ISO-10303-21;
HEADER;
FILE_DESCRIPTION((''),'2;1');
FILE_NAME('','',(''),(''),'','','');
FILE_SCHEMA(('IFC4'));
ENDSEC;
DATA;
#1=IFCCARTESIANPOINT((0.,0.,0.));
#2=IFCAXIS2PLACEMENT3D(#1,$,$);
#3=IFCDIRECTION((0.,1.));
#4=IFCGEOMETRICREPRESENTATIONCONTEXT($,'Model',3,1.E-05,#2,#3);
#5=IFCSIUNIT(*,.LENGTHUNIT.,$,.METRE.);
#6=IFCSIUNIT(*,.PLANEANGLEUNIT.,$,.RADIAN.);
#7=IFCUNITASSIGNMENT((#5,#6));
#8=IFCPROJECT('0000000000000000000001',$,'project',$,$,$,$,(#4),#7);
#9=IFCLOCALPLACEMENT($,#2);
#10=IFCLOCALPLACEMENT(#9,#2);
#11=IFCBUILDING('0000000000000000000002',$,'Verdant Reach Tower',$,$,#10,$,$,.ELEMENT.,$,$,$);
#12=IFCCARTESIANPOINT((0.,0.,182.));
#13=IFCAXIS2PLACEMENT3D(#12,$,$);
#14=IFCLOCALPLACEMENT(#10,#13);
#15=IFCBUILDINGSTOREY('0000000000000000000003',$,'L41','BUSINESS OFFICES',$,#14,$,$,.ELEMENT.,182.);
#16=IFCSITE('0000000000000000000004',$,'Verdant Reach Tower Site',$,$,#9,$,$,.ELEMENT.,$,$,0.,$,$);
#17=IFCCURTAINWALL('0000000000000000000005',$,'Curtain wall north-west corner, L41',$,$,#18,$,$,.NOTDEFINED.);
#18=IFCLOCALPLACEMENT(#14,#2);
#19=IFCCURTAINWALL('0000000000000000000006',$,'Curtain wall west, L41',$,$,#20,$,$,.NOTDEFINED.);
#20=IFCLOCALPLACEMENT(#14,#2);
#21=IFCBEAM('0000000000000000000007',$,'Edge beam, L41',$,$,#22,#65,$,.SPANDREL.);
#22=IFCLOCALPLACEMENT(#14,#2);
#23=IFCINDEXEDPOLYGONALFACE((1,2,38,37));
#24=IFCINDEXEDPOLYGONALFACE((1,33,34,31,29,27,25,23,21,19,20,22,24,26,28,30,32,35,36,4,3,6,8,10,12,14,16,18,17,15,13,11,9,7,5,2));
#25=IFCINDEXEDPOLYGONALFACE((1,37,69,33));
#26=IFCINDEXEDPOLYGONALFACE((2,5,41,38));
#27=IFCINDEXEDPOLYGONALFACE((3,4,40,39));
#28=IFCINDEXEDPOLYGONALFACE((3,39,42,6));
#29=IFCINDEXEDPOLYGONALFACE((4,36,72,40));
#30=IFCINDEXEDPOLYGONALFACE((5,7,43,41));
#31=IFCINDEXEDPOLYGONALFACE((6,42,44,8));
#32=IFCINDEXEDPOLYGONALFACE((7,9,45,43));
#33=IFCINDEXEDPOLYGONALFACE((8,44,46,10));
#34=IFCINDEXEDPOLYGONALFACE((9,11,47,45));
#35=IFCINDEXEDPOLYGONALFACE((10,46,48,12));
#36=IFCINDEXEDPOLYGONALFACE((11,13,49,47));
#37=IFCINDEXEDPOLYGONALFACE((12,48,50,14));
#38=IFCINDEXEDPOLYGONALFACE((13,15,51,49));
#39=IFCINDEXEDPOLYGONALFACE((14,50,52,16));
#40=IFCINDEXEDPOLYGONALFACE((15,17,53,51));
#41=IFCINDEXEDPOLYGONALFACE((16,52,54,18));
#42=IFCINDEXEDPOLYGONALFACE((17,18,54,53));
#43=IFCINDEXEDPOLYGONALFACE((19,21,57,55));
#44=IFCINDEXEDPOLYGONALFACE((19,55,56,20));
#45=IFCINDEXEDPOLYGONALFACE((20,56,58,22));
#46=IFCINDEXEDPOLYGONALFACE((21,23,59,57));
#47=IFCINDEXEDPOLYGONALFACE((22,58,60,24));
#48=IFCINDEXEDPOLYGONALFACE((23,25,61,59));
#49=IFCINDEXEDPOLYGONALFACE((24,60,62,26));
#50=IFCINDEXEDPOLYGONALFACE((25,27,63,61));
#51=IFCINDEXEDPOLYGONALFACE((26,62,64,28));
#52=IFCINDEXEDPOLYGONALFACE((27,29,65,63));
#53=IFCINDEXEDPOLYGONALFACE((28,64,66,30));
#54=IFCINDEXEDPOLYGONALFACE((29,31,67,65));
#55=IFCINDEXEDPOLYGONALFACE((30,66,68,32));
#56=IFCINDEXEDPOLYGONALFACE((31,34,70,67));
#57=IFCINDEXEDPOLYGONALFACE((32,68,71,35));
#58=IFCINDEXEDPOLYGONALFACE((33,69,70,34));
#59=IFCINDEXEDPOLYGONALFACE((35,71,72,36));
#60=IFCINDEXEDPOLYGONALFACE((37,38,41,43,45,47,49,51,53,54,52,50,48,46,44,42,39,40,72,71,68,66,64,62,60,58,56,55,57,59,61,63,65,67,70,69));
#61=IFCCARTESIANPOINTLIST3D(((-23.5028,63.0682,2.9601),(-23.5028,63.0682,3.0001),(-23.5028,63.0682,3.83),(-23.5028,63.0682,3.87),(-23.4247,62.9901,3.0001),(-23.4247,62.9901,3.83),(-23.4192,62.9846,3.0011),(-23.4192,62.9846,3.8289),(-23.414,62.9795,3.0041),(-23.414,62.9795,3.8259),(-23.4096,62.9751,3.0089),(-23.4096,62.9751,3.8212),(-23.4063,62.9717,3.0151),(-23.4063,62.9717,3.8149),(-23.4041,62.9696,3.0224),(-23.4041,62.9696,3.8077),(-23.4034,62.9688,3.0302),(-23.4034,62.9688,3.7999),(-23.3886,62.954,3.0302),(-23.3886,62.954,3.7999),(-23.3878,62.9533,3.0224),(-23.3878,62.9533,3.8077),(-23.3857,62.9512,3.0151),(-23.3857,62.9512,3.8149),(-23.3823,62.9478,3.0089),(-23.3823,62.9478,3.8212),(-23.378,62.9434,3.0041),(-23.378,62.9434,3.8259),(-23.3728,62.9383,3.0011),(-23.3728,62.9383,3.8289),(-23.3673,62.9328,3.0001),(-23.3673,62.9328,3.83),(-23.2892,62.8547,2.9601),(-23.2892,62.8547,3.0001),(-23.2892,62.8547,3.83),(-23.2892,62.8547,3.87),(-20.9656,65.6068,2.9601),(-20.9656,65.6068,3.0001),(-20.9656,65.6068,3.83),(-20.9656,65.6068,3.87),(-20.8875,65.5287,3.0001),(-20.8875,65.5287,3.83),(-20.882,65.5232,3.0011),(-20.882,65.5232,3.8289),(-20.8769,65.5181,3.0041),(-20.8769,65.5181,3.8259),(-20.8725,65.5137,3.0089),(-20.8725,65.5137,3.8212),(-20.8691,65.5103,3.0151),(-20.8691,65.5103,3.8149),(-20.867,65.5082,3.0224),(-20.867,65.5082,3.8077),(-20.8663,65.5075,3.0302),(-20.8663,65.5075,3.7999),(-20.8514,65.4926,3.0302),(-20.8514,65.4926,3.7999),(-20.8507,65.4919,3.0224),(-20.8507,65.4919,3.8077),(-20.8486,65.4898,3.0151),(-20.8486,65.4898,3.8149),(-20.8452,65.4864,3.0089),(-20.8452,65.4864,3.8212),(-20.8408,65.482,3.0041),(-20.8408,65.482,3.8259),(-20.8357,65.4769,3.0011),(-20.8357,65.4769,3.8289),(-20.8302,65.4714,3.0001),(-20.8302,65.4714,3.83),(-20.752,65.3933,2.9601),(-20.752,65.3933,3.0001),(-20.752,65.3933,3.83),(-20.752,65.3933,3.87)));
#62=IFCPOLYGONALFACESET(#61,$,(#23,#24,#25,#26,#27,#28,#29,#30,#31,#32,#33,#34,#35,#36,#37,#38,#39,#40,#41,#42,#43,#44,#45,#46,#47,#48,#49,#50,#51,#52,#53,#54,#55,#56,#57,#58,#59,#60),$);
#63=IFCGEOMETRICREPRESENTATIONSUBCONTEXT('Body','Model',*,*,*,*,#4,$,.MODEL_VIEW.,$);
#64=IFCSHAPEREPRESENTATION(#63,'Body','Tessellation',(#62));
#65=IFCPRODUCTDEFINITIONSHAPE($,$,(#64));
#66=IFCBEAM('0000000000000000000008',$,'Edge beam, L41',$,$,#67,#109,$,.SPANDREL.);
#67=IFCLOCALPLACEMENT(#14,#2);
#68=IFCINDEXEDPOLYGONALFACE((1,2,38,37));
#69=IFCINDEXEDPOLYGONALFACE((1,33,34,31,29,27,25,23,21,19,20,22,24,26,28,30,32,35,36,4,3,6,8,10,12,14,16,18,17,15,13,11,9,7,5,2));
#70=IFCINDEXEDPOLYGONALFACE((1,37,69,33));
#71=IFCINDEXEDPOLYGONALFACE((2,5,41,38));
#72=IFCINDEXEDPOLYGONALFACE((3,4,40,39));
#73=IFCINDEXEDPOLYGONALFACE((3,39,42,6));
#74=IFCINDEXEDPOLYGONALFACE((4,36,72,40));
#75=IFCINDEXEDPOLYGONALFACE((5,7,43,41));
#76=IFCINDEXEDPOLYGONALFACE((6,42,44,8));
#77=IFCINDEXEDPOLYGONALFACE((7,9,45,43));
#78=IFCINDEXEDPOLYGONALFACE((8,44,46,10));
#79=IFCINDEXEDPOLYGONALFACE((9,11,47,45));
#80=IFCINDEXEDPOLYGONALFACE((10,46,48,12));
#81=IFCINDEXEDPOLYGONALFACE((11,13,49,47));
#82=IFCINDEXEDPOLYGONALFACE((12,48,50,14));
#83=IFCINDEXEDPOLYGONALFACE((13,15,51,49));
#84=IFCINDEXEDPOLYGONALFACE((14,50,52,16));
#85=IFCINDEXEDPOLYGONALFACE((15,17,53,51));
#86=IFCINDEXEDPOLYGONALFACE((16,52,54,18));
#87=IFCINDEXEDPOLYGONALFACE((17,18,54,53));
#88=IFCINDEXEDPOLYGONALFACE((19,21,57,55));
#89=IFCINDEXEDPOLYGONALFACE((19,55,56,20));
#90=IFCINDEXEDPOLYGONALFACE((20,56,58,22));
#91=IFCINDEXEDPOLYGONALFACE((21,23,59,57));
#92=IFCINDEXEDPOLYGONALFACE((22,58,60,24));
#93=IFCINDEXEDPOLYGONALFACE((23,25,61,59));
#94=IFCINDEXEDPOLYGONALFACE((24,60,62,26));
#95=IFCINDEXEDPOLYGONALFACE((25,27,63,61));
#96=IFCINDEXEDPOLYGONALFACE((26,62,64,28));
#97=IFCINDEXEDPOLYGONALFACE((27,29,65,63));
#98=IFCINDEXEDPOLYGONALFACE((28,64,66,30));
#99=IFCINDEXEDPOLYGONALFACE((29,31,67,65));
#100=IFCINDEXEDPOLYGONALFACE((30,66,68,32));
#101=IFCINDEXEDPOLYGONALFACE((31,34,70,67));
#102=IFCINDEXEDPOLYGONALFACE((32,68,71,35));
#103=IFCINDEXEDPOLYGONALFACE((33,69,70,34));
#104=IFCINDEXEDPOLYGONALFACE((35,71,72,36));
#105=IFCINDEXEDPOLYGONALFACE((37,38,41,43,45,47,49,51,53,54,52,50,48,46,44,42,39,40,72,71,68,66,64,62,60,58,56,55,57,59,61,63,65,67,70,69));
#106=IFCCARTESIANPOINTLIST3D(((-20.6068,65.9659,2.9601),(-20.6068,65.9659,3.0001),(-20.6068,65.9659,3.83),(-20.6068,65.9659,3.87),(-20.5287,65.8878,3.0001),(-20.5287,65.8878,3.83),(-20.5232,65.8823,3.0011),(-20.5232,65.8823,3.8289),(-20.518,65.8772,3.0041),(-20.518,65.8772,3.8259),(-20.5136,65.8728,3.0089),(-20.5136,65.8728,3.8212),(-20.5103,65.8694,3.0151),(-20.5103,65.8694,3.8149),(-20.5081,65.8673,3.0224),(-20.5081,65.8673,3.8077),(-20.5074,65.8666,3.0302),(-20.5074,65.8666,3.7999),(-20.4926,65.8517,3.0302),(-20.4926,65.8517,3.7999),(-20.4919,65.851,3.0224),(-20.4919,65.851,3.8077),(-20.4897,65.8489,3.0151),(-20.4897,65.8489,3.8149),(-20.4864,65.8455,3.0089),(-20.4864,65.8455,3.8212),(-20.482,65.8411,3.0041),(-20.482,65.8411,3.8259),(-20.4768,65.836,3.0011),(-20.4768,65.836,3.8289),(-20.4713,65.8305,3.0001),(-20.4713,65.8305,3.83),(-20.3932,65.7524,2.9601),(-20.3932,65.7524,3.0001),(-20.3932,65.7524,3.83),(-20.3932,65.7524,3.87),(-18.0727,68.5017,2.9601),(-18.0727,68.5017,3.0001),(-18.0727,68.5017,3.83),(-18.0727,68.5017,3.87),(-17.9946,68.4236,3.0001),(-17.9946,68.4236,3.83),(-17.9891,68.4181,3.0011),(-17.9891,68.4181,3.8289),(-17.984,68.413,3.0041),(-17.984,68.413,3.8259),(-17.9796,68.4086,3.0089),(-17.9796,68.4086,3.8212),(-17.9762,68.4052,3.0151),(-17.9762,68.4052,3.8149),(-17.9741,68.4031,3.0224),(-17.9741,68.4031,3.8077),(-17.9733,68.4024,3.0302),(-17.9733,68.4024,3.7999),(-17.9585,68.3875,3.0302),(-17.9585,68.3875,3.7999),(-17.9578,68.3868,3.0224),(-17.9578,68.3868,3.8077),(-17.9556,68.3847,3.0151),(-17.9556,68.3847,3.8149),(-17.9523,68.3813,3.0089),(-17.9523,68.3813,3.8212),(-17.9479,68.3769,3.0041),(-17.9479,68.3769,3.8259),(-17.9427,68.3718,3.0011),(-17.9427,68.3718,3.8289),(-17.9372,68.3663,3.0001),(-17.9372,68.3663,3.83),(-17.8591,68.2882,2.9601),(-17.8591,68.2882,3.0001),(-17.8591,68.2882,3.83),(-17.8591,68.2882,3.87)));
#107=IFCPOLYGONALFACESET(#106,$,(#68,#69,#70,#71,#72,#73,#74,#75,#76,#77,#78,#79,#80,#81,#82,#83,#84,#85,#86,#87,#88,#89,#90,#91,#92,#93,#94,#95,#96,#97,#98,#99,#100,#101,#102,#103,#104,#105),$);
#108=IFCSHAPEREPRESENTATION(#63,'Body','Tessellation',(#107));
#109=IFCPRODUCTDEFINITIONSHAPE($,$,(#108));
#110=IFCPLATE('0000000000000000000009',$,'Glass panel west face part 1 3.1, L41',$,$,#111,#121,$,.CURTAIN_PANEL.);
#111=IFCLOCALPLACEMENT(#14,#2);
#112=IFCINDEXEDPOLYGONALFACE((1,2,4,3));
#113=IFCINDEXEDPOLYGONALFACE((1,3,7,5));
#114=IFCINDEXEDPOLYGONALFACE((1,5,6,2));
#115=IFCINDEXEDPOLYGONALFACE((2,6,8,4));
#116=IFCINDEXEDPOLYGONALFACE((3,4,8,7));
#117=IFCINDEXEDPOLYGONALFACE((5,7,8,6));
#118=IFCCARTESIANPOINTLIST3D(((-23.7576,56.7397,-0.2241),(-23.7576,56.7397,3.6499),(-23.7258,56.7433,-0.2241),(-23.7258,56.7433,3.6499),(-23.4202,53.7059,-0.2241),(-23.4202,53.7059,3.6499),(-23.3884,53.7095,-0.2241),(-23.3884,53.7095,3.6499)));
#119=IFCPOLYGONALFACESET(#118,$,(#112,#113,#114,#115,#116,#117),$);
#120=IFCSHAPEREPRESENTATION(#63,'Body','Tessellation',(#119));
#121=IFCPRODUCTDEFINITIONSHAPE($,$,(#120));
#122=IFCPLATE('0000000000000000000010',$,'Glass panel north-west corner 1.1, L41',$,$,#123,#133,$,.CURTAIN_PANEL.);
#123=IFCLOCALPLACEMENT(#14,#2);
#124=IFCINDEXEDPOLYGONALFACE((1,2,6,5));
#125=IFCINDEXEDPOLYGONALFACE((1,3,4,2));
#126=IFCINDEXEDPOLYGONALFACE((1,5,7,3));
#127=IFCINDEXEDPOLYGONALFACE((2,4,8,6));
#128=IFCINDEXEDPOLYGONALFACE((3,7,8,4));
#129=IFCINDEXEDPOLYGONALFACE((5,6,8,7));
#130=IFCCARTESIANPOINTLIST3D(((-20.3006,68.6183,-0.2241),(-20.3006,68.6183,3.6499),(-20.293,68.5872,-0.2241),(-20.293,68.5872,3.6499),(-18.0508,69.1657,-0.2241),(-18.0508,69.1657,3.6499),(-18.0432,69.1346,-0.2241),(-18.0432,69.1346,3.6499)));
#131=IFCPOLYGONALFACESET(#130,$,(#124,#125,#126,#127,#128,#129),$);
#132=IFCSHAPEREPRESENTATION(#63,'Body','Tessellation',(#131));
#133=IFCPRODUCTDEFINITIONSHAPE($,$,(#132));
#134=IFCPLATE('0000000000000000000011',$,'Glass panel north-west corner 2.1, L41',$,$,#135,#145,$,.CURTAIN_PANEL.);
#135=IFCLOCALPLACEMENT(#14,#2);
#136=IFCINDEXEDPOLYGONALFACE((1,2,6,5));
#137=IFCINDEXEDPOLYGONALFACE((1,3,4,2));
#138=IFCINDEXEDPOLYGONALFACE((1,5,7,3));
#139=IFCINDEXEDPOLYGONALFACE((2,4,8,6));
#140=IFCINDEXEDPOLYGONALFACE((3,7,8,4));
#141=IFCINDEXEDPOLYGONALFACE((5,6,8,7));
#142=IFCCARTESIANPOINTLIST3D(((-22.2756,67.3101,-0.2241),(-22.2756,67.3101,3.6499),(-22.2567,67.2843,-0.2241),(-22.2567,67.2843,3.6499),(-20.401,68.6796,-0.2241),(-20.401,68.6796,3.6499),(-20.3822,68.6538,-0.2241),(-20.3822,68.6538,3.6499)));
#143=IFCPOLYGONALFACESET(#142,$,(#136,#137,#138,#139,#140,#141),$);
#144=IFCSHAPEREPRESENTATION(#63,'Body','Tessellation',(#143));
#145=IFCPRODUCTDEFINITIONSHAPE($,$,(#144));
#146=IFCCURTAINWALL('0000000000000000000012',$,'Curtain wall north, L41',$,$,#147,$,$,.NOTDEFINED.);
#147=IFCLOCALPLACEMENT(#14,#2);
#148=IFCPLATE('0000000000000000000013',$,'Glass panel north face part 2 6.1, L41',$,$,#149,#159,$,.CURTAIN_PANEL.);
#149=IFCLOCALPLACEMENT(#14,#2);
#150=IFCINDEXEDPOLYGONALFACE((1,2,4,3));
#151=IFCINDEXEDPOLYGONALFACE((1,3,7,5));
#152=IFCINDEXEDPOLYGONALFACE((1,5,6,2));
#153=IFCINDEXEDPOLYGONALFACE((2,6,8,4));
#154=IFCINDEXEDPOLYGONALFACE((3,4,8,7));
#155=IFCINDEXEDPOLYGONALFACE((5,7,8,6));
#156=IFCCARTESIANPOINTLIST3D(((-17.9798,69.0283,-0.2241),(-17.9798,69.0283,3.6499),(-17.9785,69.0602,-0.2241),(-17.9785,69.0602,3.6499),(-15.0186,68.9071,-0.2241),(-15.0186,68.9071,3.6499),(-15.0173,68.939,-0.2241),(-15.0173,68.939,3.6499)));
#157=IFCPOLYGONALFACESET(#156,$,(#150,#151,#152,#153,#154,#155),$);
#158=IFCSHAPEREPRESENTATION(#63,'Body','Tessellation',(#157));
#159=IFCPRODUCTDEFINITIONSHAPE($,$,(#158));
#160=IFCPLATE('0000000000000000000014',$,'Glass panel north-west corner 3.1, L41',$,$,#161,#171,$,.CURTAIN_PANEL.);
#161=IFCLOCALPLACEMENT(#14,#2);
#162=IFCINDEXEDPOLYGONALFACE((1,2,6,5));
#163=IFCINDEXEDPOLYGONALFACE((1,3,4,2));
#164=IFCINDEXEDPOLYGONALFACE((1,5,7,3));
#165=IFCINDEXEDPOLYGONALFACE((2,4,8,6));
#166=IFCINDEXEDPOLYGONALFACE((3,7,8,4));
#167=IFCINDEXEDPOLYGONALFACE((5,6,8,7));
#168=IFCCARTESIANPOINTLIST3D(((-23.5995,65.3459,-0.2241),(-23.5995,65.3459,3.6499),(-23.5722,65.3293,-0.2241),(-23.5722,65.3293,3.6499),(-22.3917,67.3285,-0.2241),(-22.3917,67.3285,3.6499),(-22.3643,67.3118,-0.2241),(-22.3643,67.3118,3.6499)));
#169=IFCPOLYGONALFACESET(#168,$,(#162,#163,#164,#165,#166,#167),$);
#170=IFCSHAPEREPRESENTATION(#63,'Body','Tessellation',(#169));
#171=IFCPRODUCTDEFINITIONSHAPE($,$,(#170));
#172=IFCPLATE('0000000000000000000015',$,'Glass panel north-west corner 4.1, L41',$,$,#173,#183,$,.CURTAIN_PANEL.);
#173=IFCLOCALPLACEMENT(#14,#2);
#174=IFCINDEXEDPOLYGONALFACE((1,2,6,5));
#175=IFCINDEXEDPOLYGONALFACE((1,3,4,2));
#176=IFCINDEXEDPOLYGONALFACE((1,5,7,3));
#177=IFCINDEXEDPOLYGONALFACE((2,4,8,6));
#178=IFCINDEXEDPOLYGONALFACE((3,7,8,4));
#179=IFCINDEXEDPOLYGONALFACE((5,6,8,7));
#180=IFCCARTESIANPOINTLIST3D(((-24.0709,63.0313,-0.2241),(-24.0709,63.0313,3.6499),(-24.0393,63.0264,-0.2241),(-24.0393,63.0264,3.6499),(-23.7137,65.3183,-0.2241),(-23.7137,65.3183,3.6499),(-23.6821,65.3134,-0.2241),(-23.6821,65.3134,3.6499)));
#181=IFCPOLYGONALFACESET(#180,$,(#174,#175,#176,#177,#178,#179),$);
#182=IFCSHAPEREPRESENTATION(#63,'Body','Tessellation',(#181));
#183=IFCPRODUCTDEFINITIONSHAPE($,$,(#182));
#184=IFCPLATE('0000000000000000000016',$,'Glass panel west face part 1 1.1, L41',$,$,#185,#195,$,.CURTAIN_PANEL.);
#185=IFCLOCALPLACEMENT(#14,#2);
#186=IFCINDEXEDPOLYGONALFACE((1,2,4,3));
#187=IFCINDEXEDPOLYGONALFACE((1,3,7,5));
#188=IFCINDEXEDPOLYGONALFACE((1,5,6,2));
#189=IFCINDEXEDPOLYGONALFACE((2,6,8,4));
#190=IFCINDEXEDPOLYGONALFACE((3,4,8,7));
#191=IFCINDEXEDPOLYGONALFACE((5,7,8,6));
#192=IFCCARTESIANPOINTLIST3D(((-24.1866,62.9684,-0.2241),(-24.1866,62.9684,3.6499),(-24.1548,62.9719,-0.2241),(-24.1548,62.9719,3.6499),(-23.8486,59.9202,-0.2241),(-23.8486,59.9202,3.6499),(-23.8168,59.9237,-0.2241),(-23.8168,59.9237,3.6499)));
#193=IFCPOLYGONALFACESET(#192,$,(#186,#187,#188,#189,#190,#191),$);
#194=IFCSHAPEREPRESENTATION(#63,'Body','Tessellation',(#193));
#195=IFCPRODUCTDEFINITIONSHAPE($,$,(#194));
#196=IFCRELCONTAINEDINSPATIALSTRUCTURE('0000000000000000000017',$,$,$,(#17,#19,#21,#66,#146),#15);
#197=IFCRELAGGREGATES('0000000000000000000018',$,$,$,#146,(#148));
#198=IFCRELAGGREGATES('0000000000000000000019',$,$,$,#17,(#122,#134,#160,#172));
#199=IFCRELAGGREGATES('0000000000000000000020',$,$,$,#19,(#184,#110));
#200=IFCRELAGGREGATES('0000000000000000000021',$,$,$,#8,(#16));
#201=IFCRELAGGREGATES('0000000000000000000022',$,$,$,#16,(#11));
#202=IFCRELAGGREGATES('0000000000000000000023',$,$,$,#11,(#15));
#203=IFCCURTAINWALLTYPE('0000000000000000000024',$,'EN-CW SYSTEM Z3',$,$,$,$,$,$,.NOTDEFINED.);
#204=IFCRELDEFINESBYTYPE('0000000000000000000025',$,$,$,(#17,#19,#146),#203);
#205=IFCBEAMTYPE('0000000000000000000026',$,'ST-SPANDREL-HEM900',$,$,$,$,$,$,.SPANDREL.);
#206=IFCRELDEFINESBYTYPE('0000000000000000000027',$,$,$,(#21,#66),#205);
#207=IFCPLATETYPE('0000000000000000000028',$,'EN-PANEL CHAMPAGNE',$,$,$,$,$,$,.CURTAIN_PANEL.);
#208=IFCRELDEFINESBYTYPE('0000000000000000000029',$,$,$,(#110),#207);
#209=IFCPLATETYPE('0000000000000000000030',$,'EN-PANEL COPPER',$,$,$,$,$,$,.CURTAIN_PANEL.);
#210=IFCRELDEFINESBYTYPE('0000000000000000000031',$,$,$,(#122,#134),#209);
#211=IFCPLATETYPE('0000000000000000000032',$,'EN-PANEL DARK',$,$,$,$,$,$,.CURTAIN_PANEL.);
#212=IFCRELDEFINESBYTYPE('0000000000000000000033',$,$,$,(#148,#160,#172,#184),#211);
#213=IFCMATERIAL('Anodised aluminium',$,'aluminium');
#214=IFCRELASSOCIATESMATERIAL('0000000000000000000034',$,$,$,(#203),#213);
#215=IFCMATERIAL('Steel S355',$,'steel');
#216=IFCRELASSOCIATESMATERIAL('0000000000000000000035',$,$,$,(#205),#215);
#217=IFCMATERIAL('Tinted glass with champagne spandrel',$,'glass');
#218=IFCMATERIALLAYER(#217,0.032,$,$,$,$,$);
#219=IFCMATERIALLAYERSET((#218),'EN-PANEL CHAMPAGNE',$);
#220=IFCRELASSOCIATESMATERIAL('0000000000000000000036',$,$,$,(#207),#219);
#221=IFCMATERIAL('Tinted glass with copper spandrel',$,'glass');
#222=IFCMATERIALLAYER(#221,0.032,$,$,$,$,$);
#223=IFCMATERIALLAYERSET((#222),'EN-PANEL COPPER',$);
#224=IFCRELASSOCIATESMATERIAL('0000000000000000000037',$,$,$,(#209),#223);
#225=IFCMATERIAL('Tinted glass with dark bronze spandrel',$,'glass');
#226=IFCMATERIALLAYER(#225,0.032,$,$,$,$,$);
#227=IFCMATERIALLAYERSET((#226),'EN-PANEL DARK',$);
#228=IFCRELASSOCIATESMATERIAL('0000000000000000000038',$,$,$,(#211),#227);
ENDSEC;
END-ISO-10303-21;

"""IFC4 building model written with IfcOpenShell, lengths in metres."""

from ifc_helpers import new_model, si_unit, direction, frame, origin, origin_2d, place, context, subcontext, project, spatial, rectangle, i_section, extrude, material, layer, layer_set, material_profile, profile_set, type_object, element, aggregate, save


model = new_model("IFC4")

# Units and contexts
model_context = context("Model", 3, precision=1e-05, world=origin(), true_north=direction((0.0, 1.0)))
body_context = subcontext(model_context, "Body", "Model", "MODEL_VIEW")
ifc_project = project(units=[si_unit("LENGTHUNIT", "METRE"), si_unit("PLANEANGLEUNIT", "RADIAN")], contexts=[model_context])

# Site, building, storey
site_placement = place(None, origin())
site = spatial("IfcSite", under=ifc_project, at=site_placement, Name="Verdant Reach Tower Site", CompositionType="ELEMENT", RefElevation=0.0)
building_placement = place(site_placement, origin())
building = spatial("IfcBuilding", under=site, at=building_placement, Name="Verdant Reach Tower", CompositionType="ELEMENT")
storey_placement = place(building_placement, frame((0.0, 0.0, 182.0)))
storey = spatial("IfcBuildingStorey", under=building, at=storey_placement, Name="L41", Description="BUSINESS OFFICES", CompositionType="ELEMENT", Elevation=182.0)

# Curtain walls
ifc_material_1 = material(Name="Anodised aluminium", Category="aluminium")
curtain_wall_type = type_object("IfcCurtainWallType", Name="EN-CW SYSTEM Z3", PredefinedType="NOTDEFINED", material=ifc_material_1)
curtain_wall_1_placement = place(storey_placement, origin())
curtain_wall_1 = element("IfcCurtainWall", 1, at=curtain_wall_1_placement, inside=storey, type_object=curtain_wall_type, Name="Curtain wall north-west corner, L41", PredefinedType="NOTDEFINED")
curtain_wall_2_placement = place(storey_placement, origin())
curtain_wall_2 = element("IfcCurtainWall", 2, at=curtain_wall_2_placement, inside=storey, type_object=curtain_wall_type, Name="Curtain wall west, L41", PredefinedType="NOTDEFINED")

# Beams
ifc_material_2 = material(Name="Steel S355", Category="steel")
ifc_material_profile_1 = material_profile(ifc_material_2, i_section(OverallWidth=0.302, OverallDepth=0.9099, WebThickness=0.021, FlangeThickness=0.04, FilletRadius=0.03, at=origin_2d()), Name="HEM 900")
ifc_profile_set_1 = profile_set([ifc_material_profile_1], Name="Steel S355")
beam_type_1 = type_object("IfcBeamType", Name="ST-SPANDREL-HEM900", PredefinedType="SPANDREL", material=ifc_profile_set_1)
beam_1_placement = place(storey_placement, frame((-23.396, 62.9614, 3.415), z_axis=(0.706903, 0.707311, 0.0), x_axis=(-0.707311, 0.706903, 0.0)))
element("IfcBeam", 3, at=beam_1_placement, inside=storey, type_object=beam_type_1, Name="Edge beam, L41", PredefinedType="SPANDREL", context=body_context, shape_type="SweptSolid", body=[
    extrude(i_section(OverallWidth=0.302, OverallDepth=0.9099, WebThickness=0.021, FlangeThickness=0.04, FilletRadius=0.03, at=origin_2d()), origin(), (0.0, 0.0, 1.0), 3.5891),
])
beam_2_placement = place(storey_placement, frame((-20.5, 65.8591, 3.415), z_axis=(0.706868, 0.707345, 0.0), x_axis=(-0.707345, 0.706868, 0.0)))
element("IfcBeam", 4, at=beam_2_placement, inside=storey, type_object=beam_type_1, Name="Edge beam, L41", PredefinedType="SPANDREL", context=body_context, shape_type="SweptSolid", body=[
    extrude(i_section(OverallWidth=0.302, OverallDepth=0.9099, WebThickness=0.021, FlangeThickness=0.04, FilletRadius=0.03, at=origin_2d()), origin(), (0.0, 0.0, 1.0), 3.585),
])

# Plates
ifc_material_3 = material(Name="Tinted glass with champagne spandrel", Category="glass")
ifc_layer_1 = layer(ifc_material_3, 0.032)
ifc_layer_set_1 = layer_set([ifc_layer_1], Name="EN-PANEL CHAMPAGNE")
plate_type_1 = type_object("IfcPlateType", Name="EN-PANEL CHAMPAGNE", PredefinedType="CURTAIN_PANEL", material=ifc_layer_set_1)
plate_1_placement = place(storey_placement, frame((-23.573, 55.2246, -0.2241), z_axis=(0.0, 0.0, 1.0), x_axis=(0.110518, -0.993874, 0.0)))
plate_1 = element("IfcPlate", 5, at=plate_1_placement, type_object=plate_type_1, Name="Glass panel west face part 1 3.1, L41", PredefinedType="CURTAIN_PANEL", context=body_context, shape_type="SweptSolid", body=[
    extrude(rectangle(XDim=3.0525, YDim=0.032, at=origin_2d()), origin(), (0.0, 0.0, 1.0), 3.874),
])
ifc_material_4 = material(Name="Tinted glass with copper spandrel", Category="glass")
ifc_layer_2 = layer(ifc_material_4, 0.032)
ifc_layer_set_2 = layer_set([ifc_layer_2], Name="EN-PANEL COPPER")
plate_type_2 = type_object("IfcPlateType", Name="EN-PANEL COPPER", PredefinedType="CURTAIN_PANEL", material=ifc_layer_set_2)
plate_2_placement = place(storey_placement, frame((-19.1719, 68.8765, -0.2241), z_axis=(0.0, 0.0, 1.0), x_axis=(-0.971655, -0.236403, 0.0)))
plate_2 = element("IfcPlate", 6, at=plate_2_placement, type_object=plate_type_2, Name="Glass panel north-west corner 1.1, L41", PredefinedType="CURTAIN_PANEL", context=body_context, shape_type="SweptSolid", body=[
    extrude(rectangle(XDim=2.3154, YDim=0.032, at=origin_2d()), origin(), (0.0, 0.0, 1.0), 3.874),
])
plate_3_placement = place(storey_placement, frame((-21.3289, 67.9819, -0.2241), z_axis=(0.0, 0.0, 1.0), x_axis=(-0.807457, -0.589927, 0.0)))
plate_3 = element("IfcPlate", 7, at=plate_3_placement, type_object=plate_type_2, Name="Glass panel north-west corner 2.1, L41", PredefinedType="CURTAIN_PANEL", context=body_context, shape_type="SweptSolid", body=[
    extrude(rectangle(XDim=2.3215, YDim=0.032, at=origin_2d()), origin(), (0.0, 0.0, 1.0), 3.874),
])

# Curtain wall, plate
curtain_wall_3_placement = place(storey_placement, origin())
curtain_wall_3 = element("IfcCurtainWall", 8, at=curtain_wall_3_placement, inside=storey, type_object=curtain_wall_type, Name="Curtain wall north, L41", PredefinedType="NOTDEFINED")
ifc_material_5 = material(Name="Tinted glass with dark bronze spandrel", Category="glass")
ifc_layer_3 = layer(ifc_material_5, 0.032)
ifc_layer_set_3 = layer_set([ifc_layer_3], Name="EN-PANEL DARK")
plate_type_3 = type_object("IfcPlateType", Name="EN-PANEL DARK", PredefinedType="CURTAIN_PANEL", material=ifc_layer_set_3)
plate_4_placement = place(storey_placement, frame((-16.4985, 68.9836, -0.2241), z_axis=(0.0, 0.0, 1.0), x_axis=(-0.999164, 0.040891, 0.0)))
plate_4 = element("IfcPlate", 9, at=plate_4_placement, type_object=plate_type_3, Name="Glass panel north face part 2 6.1, L41", PredefinedType="CURTAIN_PANEL", context=body_context, shape_type="SweptSolid", body=[
    extrude(rectangle(XDim=2.9636, YDim=0.032, at=origin_2d()), origin(), (0.0, 0.0, 1.0), 3.874),
])
aggregate(curtain_wall_3, [plate_4])

# Plates
plate_5_placement = place(storey_placement, frame((-22.9819, 66.3289, -0.2241), z_axis=(0.0, 0.0, 1.0), x_axis=(-0.520292, -0.853989, 0.0)))
plate_5 = element("IfcPlate", 10, at=plate_5_placement, type_object=plate_type_3, Name="Glass panel north-west corner 3.1, L41", PredefinedType="CURTAIN_PANEL", context=body_context, shape_type="SweptSolid", body=[
    extrude(rectangle(XDim=2.3215, YDim=0.032, at=origin_2d()), origin(), (0.0, 0.0, 1.0), 3.874),
])
plate_6_placement = place(storey_placement, frame((-23.8765, 64.1724, -0.2241), z_axis=(0.0, 0.0, 1.0), x_axis=(-0.154312, -0.988022, 0.0)))
plate_6 = element("IfcPlate", 11, at=plate_6_placement, type_object=plate_type_3, Name="Glass panel north-west corner 4.1, L41", PredefinedType="CURTAIN_PANEL", context=body_context, shape_type="SweptSolid", body=[
    extrude(rectangle(XDim=2.3147, YDim=0.032, at=origin_2d()), origin(), (0.0, 0.0, 1.0), 3.874),
])
aggregate(curtain_wall_1, [plate_2, plate_3, plate_5, plate_6])
plate_7_placement = place(storey_placement, frame((-24.0017, 61.446, -0.2241), z_axis=(0.0, 0.0, 1.0), x_axis=(0.110214, -0.993908, 0.0)))
plate_7 = element("IfcPlate", 12, at=plate_7_placement, type_object=plate_type_3, Name="Glass panel west face part 1 1.1, L41", PredefinedType="CURTAIN_PANEL", context=body_context, shape_type="SweptSolid", body=[
    extrude(rectangle(XDim=3.0669, YDim=0.032, at=origin_2d()), origin(), (0.0, 0.0, 1.0), 3.874),
])
aggregate(curtain_wall_2, [plate_7, plate_1])

save(model, "model.ifc")
